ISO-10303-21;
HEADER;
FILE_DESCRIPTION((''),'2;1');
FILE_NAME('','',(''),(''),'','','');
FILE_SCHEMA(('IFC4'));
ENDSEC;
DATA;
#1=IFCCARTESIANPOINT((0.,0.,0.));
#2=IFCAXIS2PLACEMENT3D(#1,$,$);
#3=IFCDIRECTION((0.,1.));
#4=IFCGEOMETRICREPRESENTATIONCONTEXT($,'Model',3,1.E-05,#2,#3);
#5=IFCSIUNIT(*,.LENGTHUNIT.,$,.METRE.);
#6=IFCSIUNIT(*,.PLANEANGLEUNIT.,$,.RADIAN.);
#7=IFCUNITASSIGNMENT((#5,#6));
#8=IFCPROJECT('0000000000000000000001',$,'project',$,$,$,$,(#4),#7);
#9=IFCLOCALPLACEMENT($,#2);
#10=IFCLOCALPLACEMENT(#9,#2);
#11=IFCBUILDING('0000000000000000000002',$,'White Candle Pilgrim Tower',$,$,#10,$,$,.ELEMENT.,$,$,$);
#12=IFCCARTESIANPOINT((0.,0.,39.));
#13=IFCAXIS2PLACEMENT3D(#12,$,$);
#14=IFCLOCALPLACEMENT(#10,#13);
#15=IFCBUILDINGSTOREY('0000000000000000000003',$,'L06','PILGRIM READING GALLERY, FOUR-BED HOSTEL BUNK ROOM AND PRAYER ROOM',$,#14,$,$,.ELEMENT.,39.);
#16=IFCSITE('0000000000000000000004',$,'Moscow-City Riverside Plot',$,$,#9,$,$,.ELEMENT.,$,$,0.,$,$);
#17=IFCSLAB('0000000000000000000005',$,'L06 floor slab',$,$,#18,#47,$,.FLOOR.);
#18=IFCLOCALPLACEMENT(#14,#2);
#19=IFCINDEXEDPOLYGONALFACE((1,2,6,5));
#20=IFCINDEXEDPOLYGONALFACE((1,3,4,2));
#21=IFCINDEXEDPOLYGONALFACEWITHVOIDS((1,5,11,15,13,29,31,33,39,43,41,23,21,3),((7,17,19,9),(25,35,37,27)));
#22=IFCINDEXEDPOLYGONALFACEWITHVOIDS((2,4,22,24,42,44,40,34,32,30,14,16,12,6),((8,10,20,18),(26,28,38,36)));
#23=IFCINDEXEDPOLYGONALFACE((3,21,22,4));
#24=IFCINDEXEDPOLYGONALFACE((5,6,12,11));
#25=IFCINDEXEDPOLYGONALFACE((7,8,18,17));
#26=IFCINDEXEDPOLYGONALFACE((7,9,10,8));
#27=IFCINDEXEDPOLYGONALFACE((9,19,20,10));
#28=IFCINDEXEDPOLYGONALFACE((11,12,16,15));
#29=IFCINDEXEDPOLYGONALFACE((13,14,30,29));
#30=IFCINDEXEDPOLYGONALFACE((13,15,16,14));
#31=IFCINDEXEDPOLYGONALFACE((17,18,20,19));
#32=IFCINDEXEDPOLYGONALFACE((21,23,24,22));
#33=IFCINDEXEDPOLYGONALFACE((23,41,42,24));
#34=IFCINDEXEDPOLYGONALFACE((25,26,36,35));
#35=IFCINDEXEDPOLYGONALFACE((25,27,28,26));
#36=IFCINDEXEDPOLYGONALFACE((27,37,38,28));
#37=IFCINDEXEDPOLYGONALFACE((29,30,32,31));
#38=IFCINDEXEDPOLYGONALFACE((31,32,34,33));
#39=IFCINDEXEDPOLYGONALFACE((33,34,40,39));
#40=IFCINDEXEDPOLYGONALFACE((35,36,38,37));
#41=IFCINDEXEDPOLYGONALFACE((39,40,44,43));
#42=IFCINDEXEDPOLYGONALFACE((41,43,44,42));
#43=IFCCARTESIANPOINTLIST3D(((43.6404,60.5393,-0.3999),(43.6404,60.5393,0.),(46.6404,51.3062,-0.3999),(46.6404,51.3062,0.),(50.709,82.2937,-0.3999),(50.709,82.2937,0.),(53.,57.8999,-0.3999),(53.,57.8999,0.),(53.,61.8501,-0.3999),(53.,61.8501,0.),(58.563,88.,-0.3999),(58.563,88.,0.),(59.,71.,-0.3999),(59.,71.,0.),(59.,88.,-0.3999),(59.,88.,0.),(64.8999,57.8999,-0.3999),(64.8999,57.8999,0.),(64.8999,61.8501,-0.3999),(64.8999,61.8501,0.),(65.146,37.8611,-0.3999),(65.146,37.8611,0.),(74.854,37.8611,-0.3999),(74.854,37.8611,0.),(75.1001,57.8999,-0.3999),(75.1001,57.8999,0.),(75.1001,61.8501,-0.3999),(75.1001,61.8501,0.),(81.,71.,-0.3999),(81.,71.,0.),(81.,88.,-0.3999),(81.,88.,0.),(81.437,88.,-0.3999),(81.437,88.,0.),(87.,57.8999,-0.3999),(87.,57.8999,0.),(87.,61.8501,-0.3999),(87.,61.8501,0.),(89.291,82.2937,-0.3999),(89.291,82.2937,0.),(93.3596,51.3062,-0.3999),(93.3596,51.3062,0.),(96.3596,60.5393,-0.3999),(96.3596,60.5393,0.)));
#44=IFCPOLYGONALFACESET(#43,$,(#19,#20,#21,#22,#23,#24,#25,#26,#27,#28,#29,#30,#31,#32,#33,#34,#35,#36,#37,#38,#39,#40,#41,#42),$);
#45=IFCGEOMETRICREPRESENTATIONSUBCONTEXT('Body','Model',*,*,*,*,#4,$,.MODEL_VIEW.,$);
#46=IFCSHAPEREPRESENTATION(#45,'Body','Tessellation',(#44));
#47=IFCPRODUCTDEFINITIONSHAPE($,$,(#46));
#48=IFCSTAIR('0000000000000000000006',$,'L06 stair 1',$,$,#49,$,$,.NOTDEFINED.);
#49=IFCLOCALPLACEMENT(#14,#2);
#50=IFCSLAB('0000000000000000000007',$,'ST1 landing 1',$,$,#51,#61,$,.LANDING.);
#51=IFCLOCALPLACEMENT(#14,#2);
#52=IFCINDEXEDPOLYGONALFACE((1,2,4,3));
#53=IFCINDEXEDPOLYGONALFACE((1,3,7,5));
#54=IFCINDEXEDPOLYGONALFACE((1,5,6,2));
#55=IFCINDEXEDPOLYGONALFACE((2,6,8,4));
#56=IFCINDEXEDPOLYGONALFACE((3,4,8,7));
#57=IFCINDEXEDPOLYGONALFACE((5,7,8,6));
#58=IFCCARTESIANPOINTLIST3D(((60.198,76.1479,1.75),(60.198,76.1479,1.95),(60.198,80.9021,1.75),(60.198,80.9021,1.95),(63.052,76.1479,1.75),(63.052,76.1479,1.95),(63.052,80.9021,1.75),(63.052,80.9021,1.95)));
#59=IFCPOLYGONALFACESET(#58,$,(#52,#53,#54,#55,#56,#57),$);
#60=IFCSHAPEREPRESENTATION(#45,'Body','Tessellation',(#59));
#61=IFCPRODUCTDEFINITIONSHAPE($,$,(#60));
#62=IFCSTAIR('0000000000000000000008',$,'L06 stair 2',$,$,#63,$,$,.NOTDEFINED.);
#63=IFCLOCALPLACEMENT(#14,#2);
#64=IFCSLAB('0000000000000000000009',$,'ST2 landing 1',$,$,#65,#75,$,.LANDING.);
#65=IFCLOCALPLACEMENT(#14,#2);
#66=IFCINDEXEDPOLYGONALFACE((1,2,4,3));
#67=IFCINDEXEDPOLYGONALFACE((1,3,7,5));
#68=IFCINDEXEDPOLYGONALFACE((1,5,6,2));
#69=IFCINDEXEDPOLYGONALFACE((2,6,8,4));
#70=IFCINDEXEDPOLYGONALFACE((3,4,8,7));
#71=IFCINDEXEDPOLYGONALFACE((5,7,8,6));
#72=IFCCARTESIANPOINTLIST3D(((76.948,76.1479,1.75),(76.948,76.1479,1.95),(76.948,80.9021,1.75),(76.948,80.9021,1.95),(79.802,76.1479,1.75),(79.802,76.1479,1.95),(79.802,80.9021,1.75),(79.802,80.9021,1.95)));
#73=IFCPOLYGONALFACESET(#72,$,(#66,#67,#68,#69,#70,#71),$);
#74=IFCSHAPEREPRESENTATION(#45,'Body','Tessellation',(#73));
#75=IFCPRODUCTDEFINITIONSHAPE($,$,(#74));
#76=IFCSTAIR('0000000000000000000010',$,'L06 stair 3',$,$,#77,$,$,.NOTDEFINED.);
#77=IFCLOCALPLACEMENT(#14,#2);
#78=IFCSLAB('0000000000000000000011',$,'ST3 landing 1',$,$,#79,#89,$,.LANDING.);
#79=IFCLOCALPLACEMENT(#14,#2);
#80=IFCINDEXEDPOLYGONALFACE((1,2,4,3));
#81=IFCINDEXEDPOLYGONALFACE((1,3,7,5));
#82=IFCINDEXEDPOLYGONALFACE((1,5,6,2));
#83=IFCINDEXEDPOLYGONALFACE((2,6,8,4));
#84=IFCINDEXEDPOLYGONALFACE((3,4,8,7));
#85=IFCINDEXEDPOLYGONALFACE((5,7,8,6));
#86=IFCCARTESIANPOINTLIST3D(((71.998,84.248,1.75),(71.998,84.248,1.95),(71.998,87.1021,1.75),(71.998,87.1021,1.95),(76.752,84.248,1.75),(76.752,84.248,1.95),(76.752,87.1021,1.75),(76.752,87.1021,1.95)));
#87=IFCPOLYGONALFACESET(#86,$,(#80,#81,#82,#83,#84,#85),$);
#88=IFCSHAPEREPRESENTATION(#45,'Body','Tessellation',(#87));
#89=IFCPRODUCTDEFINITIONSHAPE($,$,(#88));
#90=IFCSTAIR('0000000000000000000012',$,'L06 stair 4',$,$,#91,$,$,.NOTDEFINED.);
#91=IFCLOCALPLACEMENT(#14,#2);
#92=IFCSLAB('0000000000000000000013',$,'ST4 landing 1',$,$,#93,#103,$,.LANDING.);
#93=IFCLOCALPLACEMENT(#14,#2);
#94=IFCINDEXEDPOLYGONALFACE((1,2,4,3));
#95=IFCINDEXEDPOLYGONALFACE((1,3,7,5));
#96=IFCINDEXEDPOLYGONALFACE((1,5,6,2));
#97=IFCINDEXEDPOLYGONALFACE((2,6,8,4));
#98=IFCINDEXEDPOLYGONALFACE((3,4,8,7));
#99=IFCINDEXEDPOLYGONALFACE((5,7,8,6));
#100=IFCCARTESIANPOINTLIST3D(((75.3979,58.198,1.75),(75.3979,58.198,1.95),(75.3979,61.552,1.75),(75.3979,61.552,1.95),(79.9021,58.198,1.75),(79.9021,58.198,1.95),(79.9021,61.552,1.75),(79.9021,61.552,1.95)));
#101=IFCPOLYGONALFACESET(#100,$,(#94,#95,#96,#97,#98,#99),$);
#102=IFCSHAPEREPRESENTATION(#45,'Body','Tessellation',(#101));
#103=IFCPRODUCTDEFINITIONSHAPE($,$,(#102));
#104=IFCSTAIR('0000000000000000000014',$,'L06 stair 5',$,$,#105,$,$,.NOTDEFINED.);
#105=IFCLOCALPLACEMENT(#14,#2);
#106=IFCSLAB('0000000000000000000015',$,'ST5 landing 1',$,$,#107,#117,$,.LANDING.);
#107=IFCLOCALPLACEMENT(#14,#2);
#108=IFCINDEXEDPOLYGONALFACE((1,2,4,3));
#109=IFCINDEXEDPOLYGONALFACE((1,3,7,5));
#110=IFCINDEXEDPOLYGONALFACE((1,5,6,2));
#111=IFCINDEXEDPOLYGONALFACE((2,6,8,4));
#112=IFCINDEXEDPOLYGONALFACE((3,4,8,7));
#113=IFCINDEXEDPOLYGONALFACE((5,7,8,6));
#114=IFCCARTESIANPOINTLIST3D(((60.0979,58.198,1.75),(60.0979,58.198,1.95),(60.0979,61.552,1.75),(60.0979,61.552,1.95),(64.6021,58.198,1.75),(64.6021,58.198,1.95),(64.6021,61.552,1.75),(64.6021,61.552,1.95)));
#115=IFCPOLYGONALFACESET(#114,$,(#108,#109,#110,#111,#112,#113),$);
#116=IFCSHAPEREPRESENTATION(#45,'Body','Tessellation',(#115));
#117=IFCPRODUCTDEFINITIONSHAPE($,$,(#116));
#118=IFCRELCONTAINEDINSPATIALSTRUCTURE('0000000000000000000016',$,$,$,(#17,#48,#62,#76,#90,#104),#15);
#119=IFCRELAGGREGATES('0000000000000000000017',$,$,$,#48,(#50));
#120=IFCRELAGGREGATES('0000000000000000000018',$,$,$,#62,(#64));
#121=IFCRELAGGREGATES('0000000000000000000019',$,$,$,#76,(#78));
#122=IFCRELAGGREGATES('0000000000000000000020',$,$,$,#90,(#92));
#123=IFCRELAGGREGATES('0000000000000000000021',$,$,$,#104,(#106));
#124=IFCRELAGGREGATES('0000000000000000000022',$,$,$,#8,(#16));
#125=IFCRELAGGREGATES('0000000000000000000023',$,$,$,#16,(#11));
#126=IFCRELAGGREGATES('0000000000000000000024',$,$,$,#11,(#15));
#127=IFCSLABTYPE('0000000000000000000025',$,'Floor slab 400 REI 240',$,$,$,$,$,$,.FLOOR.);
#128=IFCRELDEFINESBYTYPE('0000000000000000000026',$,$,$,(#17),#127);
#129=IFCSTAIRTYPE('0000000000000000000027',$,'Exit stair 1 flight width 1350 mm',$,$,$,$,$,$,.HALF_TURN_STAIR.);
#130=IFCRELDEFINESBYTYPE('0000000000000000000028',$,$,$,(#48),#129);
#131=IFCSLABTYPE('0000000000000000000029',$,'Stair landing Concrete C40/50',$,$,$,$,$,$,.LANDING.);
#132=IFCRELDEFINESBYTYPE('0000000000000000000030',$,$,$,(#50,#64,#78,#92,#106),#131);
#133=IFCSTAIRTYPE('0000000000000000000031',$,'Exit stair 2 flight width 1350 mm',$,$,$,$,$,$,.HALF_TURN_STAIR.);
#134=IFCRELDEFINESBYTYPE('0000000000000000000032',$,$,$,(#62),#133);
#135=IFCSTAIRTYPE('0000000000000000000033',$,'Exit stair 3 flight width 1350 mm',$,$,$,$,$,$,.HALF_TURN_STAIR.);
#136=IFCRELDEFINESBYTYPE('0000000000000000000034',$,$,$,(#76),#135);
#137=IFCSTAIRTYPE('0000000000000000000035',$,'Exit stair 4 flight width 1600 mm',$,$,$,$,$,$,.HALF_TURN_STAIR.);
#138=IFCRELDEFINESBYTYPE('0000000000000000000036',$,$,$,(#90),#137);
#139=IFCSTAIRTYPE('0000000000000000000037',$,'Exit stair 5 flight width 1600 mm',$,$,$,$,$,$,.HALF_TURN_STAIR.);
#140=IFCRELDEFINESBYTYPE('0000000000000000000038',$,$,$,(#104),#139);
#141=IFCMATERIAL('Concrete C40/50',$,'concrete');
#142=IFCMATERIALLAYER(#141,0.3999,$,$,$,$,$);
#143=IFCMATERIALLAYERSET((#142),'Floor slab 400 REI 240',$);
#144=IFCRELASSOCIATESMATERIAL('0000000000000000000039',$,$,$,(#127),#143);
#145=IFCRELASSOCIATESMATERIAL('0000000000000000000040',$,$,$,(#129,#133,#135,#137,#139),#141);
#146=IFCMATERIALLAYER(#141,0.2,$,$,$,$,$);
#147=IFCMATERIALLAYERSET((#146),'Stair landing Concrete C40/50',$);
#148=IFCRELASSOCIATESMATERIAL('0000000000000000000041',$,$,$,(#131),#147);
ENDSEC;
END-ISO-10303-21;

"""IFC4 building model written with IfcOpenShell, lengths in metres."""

from ifc_helpers import new_model, si_unit, direction, frame, origin, place, context, subcontext, project, spatial, polyline, outline, extrude, material, layer, layer_set, type_object, element, aggregate, save


model = new_model("IFC4")

# Units and contexts
model_context = context("Model", 3, precision=1e-05, world=origin(), true_north=direction((0.0, 1.0)))
body_context = subcontext(model_context, "Body", "Model", "MODEL_VIEW")
ifc_project = project(units=[si_unit("LENGTHUNIT", "METRE"), si_unit("PLANEANGLEUNIT", "RADIAN")], contexts=[model_context])

# Site, building, storey
site_placement = place(None, origin())
site = spatial("IfcSite", under=ifc_project, at=site_placement, Name="Moscow-City Riverside Plot", CompositionType="ELEMENT", RefElevation=0.0)
building_placement = place(site_placement, origin())
building = spatial("IfcBuilding", under=site, at=building_placement, Name="White Candle Pilgrim Tower", CompositionType="ELEMENT")
storey_placement = place(building_placement, frame((0.0, 0.0, 39.0)))
storey = spatial("IfcBuildingStorey", under=building, at=storey_placement, Name="L06", Description="PILGRIM READING GALLERY, FOUR-BED HOSTEL BUNK ROOM AND PRAYER ROOM", CompositionType="ELEMENT", Elevation=39.0)

# Slab
ifc_material_1 = material(Name="Concrete C40/50", Category="concrete")
ifc_layer_1 = layer(ifc_material_1, 0.3999)
ifc_layer_set_1 = layer_set([ifc_layer_1], Name="Floor slab 400 REI 240")
slab_type_1 = type_object("IfcSlabType", Name="Floor slab 400 REI 240", PredefinedType="FLOOR", material=ifc_layer_set_1)
slab_1_placement = place(storey_placement, frame((0.0, 0.0, -0.3999)))
element("IfcSlab", 1, at=slab_1_placement, inside=storey, type_object=slab_type_1, Name="L06 floor slab", PredefinedType="FLOOR", context=body_context, shape_type="SweptSolid", body=[
    extrude(outline(polyline([(65.146, 37.8611), (74.854, 37.8611), (93.3596, 51.3062), (96.3596, 60.5393), (89.291, 82.2937), (81.437, 88.0), (81.0, 88.0), (81.0, 71.0), (59.0, 71.0), (59.0, 88.0), (58.563, 88.0), (50.709, 82.2937), (43.6404, 60.5393), (46.6404, 51.3062), (65.146, 37.8611)]), holes=[polyline([(53.0, 57.8999), (53.0, 61.8501), (64.8999, 61.8501), (64.8999, 57.8999), (53.0, 57.8999)]), polyline([(75.1001, 57.8999), (75.1001, 61.8501), (87.0, 61.8501), (87.0, 57.8999), (75.1001, 57.8999)])]), origin(), (0.0, 0.0, 1.0), 0.3999),
])

# Stairs, slabs
stair_type_1 = type_object("IfcStairType", Name="Exit stair 1 flight width 1350 mm", PredefinedType="HALF_TURN_STAIR", material=ifc_material_1)
stair_1_placement = place(storey_placement, origin())
stair_1 = element("IfcStair", 2, at=stair_1_placement, inside=storey, type_object=stair_type_1, Name="L06 stair 1", PredefinedType="NOTDEFINED")
ifc_layer_2 = layer(ifc_material_1, 0.2)
ifc_layer_set_2 = layer_set([ifc_layer_2], Name="Stair landing Concrete C40/50")
slab_type_2 = type_object("IfcSlabType", Name="Stair landing Concrete C40/50", PredefinedType="LANDING", material=ifc_layer_set_2)
slab_2_placement = place(storey_placement, frame((0.0, 0.0, 1.75)))
slab_2 = element("IfcSlab", 3, at=slab_2_placement, type_object=slab_type_2, Name="ST1 landing 1", PredefinedType="LANDING", context=body_context, shape_type="SweptSolid", body=[
    extrude(outline(polyline([(63.052, 76.1479), (60.198, 76.1479), (60.198, 80.9021), (63.052, 80.9021), (63.052, 76.1479)])), origin(), (0.0, 0.0, 1.0), 0.2),
])
aggregate(stair_1, [slab_2])
stair_type_2 = type_object("IfcStairType", Name="Exit stair 2 flight width 1350 mm", PredefinedType="HALF_TURN_STAIR", material=ifc_material_1)
stair_2_placement = place(storey_placement, origin())
stair_2 = element("IfcStair", 4, at=stair_2_placement, inside=storey, type_object=stair_type_2, Name="L06 stair 2", PredefinedType="NOTDEFINED")
slab_3_placement = place(storey_placement, frame((0.0, 0.0, 1.75)))
slab_3 = element("IfcSlab", 5, at=slab_3_placement, type_object=slab_type_2, Name="ST2 landing 1", PredefinedType="LANDING", context=body_context, shape_type="SweptSolid", body=[
    extrude(outline(polyline([(79.802, 76.1479), (76.948, 76.1479), (76.948, 80.9021), (79.802, 80.9021), (79.802, 76.1479)])), origin(), (0.0, 0.0, 1.0), 0.2),
])
aggregate(stair_2, [slab_3])
stair_type_3 = type_object("IfcStairType", Name="Exit stair 3 flight width 1350 mm", PredefinedType="HALF_TURN_STAIR", material=ifc_material_1)
stair_3_placement = place(storey_placement, origin())
stair_3 = element("IfcStair", 6, at=stair_3_placement, inside=storey, type_object=stair_type_3, Name="L06 stair 3", PredefinedType="NOTDEFINED")
slab_4_placement = place(storey_placement, frame((0.0, 0.0, 1.75)))
slab_4 = element("IfcSlab", 7, at=slab_4_placement, type_object=slab_type_2, Name="ST3 landing 1", PredefinedType="LANDING", context=body_context, shape_type="SweptSolid", body=[
    extrude(outline(polyline([(71.998, 84.248), (71.998, 87.1021), (76.752, 87.1021), (76.752, 84.248), (71.998, 84.248)])), origin(), (0.0, 0.0, 1.0), 0.2),
])
aggregate(stair_3, [slab_4])
stair_type_4 = type_object("IfcStairType", Name="Exit stair 4 flight width 1600 mm", PredefinedType="HALF_TURN_STAIR", material=ifc_material_1)
stair_4_placement = place(storey_placement, origin())
stair_4 = element("IfcStair", 8, at=stair_4_placement, inside=storey, type_object=stair_type_4, Name="L06 stair 4", PredefinedType="NOTDEFINED")
slab_5_placement = place(storey_placement, frame((0.0, 0.0, 1.75)))
slab_5 = element("IfcSlab", 9, at=slab_5_placement, type_object=slab_type_2, Name="ST4 landing 1", PredefinedType="LANDING", context=body_context, shape_type="SweptSolid", body=[
    extrude(outline(polyline([(79.9021, 61.552), (79.9021, 58.198), (75.3979, 58.198), (75.3979, 61.552), (79.9021, 61.552)])), origin(), (0.0, 0.0, 1.0), 0.2),
])
aggregate(stair_4, [slab_5])
stair_type_5 = type_object("IfcStairType", Name="Exit stair 5 flight width 1600 mm", PredefinedType="HALF_TURN_STAIR", material=ifc_material_1)
stair_5_placement = place(storey_placement, origin())
stair_5 = element("IfcStair", 10, at=stair_5_placement, inside=storey, type_object=stair_type_5, Name="L06 stair 5", PredefinedType="NOTDEFINED")
slab_6_placement = place(storey_placement, frame((0.0, 0.0, 1.75)))
slab_6 = element("IfcSlab", 11, at=slab_6_placement, type_object=slab_type_2, Name="ST5 landing 1", PredefinedType="LANDING", context=body_context, shape_type="SweptSolid", body=[
    extrude(outline(polyline([(60.0979, 58.198), (60.0979, 61.552), (64.6021, 61.552), (64.6021, 58.198), (60.0979, 58.198)])), origin(), (0.0, 0.0, 1.0), 0.2),
])
aggregate(stair_5, [slab_6])

save(model, "model.ifc")
